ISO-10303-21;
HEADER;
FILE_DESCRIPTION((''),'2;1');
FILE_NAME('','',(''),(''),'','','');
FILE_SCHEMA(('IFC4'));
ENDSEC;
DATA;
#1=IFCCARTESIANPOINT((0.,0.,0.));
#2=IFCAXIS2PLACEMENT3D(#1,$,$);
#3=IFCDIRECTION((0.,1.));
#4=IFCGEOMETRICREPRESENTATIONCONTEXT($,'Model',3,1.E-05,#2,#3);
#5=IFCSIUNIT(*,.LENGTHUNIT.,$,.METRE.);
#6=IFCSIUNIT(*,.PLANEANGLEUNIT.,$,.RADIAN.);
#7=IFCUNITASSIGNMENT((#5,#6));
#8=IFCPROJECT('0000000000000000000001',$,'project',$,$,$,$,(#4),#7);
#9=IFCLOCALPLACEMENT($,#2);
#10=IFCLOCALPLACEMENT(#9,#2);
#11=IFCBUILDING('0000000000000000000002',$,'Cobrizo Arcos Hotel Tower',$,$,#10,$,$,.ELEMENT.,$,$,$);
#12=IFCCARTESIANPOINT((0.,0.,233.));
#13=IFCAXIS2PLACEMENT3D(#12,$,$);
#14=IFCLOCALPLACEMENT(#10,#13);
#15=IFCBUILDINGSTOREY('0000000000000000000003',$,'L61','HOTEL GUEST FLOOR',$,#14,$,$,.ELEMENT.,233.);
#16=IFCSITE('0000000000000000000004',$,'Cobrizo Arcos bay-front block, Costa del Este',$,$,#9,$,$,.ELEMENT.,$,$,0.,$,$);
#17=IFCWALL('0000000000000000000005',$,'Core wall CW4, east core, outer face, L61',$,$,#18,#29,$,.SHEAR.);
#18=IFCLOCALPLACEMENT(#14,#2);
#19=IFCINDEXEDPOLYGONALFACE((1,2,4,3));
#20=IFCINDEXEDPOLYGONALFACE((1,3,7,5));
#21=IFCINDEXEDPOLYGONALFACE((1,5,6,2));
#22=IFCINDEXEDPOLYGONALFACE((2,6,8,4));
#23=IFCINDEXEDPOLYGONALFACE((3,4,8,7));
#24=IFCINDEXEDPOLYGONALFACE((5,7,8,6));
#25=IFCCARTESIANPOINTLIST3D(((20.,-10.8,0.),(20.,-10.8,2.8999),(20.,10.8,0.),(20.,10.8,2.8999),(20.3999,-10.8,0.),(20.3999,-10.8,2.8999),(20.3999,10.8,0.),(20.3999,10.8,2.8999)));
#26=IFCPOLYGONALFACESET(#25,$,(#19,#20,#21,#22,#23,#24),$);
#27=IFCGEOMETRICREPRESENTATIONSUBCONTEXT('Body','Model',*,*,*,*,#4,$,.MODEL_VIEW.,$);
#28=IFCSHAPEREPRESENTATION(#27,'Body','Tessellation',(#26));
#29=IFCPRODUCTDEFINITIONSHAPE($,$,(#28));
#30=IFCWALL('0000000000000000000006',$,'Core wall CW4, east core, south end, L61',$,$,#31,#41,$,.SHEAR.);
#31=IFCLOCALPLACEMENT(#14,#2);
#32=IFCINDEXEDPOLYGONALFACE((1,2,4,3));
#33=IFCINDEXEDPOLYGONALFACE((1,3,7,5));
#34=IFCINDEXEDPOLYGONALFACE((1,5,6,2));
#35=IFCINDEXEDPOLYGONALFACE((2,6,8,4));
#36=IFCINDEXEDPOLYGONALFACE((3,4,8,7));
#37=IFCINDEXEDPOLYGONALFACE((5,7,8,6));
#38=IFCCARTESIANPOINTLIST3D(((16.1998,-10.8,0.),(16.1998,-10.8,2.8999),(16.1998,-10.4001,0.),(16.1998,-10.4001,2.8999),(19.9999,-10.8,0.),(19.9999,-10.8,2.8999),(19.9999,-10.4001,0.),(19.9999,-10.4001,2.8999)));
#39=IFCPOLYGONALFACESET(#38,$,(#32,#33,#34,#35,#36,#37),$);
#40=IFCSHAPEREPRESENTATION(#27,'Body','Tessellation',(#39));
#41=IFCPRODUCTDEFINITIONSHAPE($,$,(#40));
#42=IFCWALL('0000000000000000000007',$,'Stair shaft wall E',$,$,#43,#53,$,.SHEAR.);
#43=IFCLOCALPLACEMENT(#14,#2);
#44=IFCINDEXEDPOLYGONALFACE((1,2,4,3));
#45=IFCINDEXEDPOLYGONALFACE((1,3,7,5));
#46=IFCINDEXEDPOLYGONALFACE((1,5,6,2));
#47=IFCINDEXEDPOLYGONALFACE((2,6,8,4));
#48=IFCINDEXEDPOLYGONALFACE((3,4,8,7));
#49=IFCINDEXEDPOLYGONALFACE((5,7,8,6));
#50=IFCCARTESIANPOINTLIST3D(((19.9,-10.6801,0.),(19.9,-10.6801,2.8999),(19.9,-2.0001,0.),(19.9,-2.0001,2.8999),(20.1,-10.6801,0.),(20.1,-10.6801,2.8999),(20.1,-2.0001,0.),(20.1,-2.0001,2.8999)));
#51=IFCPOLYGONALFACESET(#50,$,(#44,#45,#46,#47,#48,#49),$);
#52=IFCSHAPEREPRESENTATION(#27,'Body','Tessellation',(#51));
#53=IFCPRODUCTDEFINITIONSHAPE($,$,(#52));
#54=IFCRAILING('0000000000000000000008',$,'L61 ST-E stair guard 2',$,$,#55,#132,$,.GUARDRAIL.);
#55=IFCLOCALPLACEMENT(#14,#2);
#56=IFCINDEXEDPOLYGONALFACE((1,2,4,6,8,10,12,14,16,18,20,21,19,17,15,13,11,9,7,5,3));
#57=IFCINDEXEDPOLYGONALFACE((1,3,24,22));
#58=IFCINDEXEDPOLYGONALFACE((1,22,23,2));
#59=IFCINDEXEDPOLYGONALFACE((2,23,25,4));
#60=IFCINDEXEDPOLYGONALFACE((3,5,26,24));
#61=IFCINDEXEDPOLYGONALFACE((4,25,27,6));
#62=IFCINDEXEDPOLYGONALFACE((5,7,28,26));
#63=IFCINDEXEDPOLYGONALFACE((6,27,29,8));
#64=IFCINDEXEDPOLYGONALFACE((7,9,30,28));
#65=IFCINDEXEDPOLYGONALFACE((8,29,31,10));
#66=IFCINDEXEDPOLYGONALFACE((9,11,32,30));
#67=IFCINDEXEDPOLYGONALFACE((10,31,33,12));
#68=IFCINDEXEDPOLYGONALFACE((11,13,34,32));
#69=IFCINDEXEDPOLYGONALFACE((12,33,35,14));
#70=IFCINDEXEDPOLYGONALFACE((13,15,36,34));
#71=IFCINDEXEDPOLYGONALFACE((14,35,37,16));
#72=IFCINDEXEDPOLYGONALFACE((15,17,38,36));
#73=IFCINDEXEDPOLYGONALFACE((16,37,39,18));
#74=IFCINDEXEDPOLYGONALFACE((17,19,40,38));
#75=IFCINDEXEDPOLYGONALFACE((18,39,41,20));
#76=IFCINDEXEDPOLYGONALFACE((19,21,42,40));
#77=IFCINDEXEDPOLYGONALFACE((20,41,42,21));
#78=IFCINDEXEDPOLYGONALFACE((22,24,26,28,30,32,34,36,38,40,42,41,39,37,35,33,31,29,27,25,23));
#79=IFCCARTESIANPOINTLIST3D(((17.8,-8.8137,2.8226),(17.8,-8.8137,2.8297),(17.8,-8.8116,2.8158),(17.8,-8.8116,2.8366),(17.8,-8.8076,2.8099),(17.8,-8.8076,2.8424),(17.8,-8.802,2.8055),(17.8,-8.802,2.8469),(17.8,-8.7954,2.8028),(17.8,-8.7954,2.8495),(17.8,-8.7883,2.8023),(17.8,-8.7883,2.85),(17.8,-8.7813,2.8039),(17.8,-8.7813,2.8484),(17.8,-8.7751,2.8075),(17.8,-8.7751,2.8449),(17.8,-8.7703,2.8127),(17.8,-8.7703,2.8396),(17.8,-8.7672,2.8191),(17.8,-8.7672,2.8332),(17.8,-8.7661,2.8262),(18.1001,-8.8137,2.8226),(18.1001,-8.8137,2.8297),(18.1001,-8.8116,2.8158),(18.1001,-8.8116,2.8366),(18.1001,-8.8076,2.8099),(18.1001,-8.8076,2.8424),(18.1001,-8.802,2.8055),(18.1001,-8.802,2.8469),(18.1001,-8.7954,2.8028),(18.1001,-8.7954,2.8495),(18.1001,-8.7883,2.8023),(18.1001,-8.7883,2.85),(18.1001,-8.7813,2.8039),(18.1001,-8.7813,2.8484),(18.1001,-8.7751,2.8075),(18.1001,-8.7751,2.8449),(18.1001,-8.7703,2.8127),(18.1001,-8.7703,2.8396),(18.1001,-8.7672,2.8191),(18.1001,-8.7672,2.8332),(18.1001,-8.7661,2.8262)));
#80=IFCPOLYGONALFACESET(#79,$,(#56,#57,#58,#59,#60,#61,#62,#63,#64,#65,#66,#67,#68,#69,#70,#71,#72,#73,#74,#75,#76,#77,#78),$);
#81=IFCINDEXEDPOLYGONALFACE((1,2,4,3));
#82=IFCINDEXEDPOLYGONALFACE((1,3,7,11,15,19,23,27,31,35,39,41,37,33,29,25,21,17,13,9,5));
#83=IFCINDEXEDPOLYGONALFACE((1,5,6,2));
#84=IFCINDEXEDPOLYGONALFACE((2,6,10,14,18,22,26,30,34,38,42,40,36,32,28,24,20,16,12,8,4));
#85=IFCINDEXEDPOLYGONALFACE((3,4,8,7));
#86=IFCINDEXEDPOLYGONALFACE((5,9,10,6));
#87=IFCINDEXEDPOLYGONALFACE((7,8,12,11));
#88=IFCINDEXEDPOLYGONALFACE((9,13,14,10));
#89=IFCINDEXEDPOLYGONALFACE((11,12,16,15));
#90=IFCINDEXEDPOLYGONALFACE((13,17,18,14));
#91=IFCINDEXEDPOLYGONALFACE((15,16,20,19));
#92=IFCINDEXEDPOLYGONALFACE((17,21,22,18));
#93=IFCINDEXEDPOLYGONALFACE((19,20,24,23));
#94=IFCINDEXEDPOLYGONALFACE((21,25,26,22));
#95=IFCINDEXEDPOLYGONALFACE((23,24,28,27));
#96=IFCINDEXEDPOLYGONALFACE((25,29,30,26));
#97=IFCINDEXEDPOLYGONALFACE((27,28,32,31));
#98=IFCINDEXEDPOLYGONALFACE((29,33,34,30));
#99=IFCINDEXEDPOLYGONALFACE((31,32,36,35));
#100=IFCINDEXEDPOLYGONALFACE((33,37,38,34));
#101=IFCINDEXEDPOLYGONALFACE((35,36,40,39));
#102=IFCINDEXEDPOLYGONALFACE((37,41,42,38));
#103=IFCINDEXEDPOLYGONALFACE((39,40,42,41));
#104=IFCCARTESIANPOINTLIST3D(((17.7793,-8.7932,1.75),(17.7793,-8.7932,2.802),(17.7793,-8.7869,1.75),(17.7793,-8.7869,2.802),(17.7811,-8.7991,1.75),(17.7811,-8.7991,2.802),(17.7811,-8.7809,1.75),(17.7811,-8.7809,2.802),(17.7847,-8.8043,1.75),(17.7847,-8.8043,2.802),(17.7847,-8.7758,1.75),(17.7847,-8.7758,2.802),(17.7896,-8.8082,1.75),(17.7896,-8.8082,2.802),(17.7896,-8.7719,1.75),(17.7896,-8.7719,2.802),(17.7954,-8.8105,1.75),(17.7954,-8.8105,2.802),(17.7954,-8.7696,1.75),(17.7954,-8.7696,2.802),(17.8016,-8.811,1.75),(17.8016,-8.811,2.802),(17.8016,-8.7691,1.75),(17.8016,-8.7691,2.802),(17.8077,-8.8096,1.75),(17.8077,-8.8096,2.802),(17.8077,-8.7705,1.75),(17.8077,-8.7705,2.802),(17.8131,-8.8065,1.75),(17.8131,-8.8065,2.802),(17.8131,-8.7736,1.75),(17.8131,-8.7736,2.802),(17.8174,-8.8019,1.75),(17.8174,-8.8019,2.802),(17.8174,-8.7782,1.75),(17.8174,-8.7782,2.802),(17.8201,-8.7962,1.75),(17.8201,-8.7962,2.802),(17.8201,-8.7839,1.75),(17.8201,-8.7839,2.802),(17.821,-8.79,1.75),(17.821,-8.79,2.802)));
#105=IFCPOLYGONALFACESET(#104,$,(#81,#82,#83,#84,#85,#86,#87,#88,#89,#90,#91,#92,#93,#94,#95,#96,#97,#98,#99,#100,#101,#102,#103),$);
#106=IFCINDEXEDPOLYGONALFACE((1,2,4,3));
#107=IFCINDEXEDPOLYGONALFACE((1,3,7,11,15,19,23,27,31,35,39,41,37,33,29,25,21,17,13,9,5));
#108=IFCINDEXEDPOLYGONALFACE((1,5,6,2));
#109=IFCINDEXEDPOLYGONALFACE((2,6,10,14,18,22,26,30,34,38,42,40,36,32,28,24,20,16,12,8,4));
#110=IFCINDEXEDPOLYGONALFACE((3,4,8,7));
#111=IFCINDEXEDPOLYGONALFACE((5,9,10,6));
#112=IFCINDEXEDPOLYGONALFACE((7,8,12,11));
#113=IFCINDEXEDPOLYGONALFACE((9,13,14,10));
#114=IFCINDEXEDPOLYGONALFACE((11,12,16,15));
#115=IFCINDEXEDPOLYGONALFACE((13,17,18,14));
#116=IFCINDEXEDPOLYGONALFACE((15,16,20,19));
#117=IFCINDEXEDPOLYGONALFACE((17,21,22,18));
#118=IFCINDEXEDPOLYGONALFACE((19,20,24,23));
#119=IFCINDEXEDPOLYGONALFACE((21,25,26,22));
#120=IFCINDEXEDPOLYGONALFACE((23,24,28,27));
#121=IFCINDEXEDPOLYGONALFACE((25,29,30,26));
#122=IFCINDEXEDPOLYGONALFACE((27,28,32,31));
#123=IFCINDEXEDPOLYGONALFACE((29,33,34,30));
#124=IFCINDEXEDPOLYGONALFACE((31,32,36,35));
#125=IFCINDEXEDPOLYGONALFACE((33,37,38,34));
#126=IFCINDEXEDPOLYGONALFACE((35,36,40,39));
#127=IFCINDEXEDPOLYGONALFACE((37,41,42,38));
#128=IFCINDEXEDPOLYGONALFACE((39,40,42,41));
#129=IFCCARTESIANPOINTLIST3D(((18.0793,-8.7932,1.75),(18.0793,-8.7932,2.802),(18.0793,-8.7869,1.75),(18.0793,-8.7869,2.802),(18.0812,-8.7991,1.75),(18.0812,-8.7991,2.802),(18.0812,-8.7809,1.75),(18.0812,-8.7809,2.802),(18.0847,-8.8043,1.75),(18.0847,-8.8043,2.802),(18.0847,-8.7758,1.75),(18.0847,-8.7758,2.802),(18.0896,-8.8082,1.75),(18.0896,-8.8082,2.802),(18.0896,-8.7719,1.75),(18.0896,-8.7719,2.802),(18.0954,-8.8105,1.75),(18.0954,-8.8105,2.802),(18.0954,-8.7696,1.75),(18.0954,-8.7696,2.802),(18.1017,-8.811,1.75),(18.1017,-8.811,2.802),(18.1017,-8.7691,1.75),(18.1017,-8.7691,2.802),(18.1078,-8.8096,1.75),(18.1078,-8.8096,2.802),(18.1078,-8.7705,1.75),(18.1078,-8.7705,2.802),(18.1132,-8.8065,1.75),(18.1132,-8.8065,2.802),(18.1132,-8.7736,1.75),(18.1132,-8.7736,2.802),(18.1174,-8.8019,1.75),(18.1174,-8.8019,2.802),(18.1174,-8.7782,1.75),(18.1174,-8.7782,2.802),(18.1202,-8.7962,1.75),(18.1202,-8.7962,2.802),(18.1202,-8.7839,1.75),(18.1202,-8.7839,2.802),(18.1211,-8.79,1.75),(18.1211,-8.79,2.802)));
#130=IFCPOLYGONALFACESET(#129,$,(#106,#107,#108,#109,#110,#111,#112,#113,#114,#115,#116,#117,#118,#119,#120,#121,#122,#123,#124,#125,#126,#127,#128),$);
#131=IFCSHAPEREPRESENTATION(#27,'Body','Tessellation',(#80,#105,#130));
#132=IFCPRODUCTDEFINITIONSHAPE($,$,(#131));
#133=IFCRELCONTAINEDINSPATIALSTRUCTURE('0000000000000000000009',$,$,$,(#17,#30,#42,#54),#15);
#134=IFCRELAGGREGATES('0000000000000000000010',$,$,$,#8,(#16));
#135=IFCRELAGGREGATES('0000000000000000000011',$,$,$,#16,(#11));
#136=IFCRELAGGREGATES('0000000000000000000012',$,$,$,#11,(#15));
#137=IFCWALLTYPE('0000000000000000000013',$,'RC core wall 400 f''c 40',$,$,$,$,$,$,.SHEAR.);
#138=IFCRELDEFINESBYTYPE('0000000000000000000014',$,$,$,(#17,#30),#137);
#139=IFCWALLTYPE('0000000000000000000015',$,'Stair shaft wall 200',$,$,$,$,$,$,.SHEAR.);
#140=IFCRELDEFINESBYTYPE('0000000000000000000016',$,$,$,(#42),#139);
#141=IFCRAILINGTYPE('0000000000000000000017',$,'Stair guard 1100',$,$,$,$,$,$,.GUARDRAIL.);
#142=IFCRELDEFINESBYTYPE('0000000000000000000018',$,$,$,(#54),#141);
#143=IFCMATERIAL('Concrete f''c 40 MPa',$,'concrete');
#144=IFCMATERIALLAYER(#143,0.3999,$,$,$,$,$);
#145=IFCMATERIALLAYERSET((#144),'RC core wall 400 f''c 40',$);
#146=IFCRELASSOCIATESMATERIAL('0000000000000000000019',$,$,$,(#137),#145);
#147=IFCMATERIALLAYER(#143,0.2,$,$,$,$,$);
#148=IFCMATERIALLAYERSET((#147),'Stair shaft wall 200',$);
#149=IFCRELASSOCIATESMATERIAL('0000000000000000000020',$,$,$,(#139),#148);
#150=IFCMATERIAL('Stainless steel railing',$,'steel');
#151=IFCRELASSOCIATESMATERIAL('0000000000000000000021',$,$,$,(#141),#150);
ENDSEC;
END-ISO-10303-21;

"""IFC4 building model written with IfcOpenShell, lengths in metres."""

from ifc_helpers import new_model, si_unit, direction, frame, frame_2d, origin, origin_2d, place, context, subcontext, project, spatial, rectangle, circle, extrude, material, layer, layer_set, type_object, element, save


model = new_model("IFC4")

# Units and contexts
model_context = context("Model", 3, precision=1e-05, world=origin(), true_north=direction((0.0, 1.0)))
body_context = subcontext(model_context, "Body", "Model", "MODEL_VIEW")
ifc_project = project(units=[si_unit("LENGTHUNIT", "METRE"), si_unit("PLANEANGLEUNIT", "RADIAN")], contexts=[model_context])

# Site, building, storey
site_placement = place(None, origin())
site = spatial("IfcSite", under=ifc_project, at=site_placement, Name="Cobrizo Arcos bay-front block, Costa del Este", CompositionType="ELEMENT", RefElevation=0.0)
building_placement = place(site_placement, origin())
building = spatial("IfcBuilding", under=site, at=building_placement, Name="Cobrizo Arcos Hotel Tower", CompositionType="ELEMENT")
storey_placement = place(building_placement, frame((0.0, 0.0, 233.0)))
storey = spatial("IfcBuildingStorey", under=building, at=storey_placement, Name="L61", Description="HOTEL GUEST FLOOR", CompositionType="ELEMENT", Elevation=233.0)

# Shared definitions
ifc_material_1 = material(Name="Concrete f'c 40 MPa", Category="concrete")
ifc_layer_1 = layer(ifc_material_1, 0.3999)
ifc_layer_set_1 = layer_set([ifc_layer_1], Name="RC core wall 400 f'c 40")
wall_type_1 = type_object("IfcWallType", Name="RC core wall 400 f'c 40", PredefinedType="SHEAR", material=ifc_layer_set_1)

# Walls
wall_1_placement = place(storey_placement, frame((20.2, -10.8, 0.0), z_axis=(0.0, 0.0, 1.0), x_axis=(0.0, 1.0, 0.0)))
element("IfcWall", 1, at=wall_1_placement, inside=storey, type_object=wall_type_1, Name="Core wall CW4, east core, outer face, L61", PredefinedType="SHEAR", context=body_context, shape_type="SweptSolid", body=[
    extrude(rectangle(XDim=21.6001, YDim=0.3999, at=frame_2d((10.8, 0.0))), origin(), (0.0, 0.0, 1.0), 2.8999),
])
wall_2_placement = place(storey_placement, frame((16.2, -10.6001, 0.0), z_axis=(0.0, 0.0, 1.0), x_axis=(1.0, 0.0, 0.0)))
element("IfcWall", 2, at=wall_2_placement, inside=storey, type_object=wall_type_1, Name="Core wall CW4, east core, south end, L61", PredefinedType="SHEAR", context=body_context, shape_type="SweptSolid", body=[
    extrude(rectangle(XDim=3.8, YDim=0.3999, at=frame_2d((1.8999, 0.0))), origin(), (0.0, 0.0, 1.0), 2.8999),
])
ifc_layer_2 = layer(ifc_material_1, 0.2)
ifc_layer_set_2 = layer_set([ifc_layer_2], Name="Stair shaft wall 200")
wall_type_2 = type_object("IfcWallType", Name="Stair shaft wall 200", PredefinedType="SHEAR", material=ifc_layer_set_2)
wall_3_placement = place(storey_placement, frame((20.0, -10.6799, 0.0), z_axis=(0.0, 0.0, 1.0), x_axis=(0.0, 1.0, 0.0)))
element("IfcWall", 3, at=wall_3_placement, inside=storey, type_object=wall_type_2, Name="Stair shaft wall E", PredefinedType="SHEAR", context=body_context, shape_type="SweptSolid", body=[
    extrude(rectangle(XDim=8.6799, YDim=0.2, at=frame_2d((4.3398, 0.0))), origin(), (0.0, 0.0, 1.0), 2.8999),
])

# Railing
ifc_material_2 = material(Name="Stainless steel railing", Category="steel")
railing_type = type_object("IfcRailingType", Name="Stair guard 1100", PredefinedType="GUARDRAIL", material=ifc_material_2)
railing_placement = place(storey_placement, frame((17.8, -8.79, 1.75)))
element("IfcRailing", 4, at=railing_placement, inside=storey, type_object=railing_type, Name="L61 ST-E stair guard 2", PredefinedType="GUARDRAIL", context=body_context, shape_type="SweptSolid", body=[
    extrude(circle(Radius=0.0239, at=origin_2d()), frame((0.0, 0.0, 1.0762), z_axis=(1.0, 0.0, 0.0), x_axis=(0.0, 1.0, 0.0)), (0.0, 0.0, 1.0), 0.3),
    extrude(circle(Radius=0.021, at=origin_2d()), origin(), (0.0, 0.0, 1.0), 1.052),
    extrude(circle(Radius=0.021, at=origin_2d()), frame((0.3, 0.0, 0.0)), (0.0, 0.0, 1.0), 1.052),
])

save(model, "model.ifc")
